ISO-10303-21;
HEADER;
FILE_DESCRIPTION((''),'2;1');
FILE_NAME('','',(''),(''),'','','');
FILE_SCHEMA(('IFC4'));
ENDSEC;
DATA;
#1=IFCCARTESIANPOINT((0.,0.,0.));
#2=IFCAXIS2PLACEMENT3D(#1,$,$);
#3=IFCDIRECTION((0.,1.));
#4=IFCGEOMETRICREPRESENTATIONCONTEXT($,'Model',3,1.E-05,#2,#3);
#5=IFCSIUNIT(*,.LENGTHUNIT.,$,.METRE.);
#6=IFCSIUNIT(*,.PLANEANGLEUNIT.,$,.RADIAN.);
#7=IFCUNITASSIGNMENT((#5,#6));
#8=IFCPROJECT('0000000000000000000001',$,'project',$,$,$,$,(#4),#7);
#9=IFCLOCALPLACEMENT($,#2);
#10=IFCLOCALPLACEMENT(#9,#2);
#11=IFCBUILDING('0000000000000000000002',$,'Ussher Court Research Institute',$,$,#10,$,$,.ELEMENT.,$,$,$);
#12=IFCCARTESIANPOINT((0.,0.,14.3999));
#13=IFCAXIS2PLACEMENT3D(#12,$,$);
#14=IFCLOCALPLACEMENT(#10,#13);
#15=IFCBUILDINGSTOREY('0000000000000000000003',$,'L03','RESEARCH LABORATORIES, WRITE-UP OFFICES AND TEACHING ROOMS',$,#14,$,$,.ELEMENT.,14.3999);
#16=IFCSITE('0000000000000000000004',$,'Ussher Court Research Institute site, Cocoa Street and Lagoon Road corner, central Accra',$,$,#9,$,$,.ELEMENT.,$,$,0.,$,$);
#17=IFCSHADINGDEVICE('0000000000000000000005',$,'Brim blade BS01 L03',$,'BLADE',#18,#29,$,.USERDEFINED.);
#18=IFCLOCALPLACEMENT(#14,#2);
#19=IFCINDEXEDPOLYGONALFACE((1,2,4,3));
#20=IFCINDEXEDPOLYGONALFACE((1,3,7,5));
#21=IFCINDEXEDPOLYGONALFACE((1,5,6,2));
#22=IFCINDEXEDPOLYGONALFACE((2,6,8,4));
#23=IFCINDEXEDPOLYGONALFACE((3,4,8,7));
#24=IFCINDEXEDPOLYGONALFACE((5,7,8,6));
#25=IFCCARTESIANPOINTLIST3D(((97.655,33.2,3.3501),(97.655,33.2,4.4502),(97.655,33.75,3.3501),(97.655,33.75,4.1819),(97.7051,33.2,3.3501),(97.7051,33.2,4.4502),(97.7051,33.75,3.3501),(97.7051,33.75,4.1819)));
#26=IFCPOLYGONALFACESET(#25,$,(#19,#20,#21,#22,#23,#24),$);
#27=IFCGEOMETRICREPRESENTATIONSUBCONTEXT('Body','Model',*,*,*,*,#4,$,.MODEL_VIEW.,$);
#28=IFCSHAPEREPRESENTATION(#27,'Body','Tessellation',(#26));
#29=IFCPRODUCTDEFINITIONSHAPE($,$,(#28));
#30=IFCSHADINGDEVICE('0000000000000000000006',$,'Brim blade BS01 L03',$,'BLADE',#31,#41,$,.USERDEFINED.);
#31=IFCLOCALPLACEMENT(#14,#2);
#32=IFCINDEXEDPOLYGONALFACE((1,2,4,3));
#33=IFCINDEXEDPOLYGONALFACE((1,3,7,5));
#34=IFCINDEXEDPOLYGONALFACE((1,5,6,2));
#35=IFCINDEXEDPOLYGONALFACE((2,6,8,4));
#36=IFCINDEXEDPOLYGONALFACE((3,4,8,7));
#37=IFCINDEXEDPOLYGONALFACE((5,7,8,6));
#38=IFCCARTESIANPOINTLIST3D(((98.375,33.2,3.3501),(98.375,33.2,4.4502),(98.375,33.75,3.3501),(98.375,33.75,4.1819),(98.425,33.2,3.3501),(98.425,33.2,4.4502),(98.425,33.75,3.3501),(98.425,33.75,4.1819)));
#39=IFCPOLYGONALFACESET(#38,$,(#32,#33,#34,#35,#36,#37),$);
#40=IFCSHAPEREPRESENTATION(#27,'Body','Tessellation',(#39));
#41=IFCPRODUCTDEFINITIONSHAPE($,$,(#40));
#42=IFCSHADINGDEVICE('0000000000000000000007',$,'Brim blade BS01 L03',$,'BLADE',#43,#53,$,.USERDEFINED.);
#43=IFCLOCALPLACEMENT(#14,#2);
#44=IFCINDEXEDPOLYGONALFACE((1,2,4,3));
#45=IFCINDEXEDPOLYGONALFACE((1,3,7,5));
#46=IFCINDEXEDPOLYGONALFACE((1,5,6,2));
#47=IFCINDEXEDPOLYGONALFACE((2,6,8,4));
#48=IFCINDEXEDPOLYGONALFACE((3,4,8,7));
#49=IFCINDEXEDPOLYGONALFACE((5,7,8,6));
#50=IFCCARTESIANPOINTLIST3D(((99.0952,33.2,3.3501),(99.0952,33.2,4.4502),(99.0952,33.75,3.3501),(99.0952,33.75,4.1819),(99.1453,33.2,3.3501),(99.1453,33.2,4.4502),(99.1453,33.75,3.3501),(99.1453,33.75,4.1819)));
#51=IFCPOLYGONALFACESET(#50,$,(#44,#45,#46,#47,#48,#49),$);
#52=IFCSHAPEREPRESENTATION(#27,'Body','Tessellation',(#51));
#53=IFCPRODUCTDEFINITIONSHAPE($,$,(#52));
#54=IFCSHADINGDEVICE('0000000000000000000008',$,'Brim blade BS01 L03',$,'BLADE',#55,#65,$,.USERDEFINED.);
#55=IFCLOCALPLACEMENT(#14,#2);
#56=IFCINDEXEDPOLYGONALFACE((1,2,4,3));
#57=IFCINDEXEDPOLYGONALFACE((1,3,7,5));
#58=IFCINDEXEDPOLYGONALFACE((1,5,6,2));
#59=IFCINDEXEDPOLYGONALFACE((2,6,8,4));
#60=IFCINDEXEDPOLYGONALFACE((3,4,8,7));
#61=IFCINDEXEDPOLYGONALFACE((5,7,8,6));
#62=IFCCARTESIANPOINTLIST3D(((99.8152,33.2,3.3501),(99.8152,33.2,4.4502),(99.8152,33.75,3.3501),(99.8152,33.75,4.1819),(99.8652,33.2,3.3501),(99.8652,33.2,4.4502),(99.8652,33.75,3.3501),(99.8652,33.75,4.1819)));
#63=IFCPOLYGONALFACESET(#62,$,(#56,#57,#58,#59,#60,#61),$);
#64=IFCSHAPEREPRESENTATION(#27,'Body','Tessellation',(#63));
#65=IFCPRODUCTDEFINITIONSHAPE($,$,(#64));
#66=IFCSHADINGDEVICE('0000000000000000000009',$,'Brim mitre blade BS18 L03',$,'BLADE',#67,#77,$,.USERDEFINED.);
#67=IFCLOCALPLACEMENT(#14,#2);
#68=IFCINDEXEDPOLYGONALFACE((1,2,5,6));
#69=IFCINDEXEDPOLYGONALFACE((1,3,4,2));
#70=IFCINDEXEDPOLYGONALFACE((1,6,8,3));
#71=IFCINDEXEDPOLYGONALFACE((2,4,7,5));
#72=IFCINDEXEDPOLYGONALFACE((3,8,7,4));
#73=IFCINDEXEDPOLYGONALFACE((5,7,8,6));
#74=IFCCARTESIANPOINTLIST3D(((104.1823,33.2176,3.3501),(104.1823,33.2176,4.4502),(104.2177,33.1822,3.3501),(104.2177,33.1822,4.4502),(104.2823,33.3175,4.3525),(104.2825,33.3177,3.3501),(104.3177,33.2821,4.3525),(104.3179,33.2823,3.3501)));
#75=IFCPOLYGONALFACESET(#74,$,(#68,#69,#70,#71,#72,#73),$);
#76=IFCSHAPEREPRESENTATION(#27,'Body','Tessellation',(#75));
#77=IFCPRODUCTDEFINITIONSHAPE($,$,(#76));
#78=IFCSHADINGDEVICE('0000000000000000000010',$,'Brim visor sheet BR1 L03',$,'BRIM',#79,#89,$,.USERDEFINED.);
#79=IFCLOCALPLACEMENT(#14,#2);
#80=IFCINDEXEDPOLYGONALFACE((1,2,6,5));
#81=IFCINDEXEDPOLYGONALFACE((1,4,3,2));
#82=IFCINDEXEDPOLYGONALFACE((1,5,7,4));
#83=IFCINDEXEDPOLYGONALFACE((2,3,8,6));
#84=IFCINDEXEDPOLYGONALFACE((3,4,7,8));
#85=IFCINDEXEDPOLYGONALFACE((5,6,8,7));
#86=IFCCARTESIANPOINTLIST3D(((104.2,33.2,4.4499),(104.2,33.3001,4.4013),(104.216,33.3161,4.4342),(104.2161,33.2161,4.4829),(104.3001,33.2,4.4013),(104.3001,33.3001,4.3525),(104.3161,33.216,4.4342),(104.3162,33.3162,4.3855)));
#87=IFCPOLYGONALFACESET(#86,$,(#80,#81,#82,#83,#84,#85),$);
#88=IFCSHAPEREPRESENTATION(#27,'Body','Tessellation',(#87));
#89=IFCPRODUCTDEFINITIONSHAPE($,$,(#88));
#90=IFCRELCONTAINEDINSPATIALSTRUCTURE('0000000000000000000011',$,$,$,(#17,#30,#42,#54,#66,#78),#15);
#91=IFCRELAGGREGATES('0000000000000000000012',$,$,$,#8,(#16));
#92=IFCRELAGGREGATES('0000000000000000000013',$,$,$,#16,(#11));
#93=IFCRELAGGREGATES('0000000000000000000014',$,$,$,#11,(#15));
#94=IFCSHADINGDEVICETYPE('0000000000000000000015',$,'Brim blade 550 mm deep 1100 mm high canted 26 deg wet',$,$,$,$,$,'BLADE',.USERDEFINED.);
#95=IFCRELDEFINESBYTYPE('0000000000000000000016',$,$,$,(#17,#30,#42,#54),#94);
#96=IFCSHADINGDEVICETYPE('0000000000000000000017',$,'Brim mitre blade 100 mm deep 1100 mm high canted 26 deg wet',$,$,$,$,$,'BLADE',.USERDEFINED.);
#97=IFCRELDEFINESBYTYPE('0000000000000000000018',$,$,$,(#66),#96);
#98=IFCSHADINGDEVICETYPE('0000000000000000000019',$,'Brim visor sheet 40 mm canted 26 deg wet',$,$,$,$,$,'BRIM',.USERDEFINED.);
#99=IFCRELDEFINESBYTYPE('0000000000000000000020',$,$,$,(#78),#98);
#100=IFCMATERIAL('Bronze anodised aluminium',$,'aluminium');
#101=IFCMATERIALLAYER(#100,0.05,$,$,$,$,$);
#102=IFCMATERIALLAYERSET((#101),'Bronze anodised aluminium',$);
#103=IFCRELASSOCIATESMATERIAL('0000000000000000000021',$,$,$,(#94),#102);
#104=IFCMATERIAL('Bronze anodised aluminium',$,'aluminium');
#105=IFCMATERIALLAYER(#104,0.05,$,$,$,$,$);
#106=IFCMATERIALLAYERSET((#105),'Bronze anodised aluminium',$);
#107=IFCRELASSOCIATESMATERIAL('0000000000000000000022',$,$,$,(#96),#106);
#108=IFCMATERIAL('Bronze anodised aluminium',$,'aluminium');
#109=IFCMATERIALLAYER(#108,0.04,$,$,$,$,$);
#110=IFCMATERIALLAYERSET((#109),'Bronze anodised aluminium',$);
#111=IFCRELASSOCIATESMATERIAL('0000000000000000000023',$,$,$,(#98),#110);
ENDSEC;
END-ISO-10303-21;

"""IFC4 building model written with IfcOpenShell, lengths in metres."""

from ifc_helpers import new_model, si_unit, direction, frame, origin, place, context, subcontext, project, spatial, polyline, outline, extrude, material, layer, layer_set, type_object, element, save


model = new_model("IFC4")

# Units and contexts
model_context = context("Model", 3, precision=1e-05, world=origin(), true_north=direction((0.0, 1.0)))
body_context = subcontext(model_context, "Body", "Model", "MODEL_VIEW")
ifc_project = project(units=[si_unit("LENGTHUNIT", "METRE"), si_unit("PLANEANGLEUNIT", "RADIAN")], contexts=[model_context])

# Site, building, storey
site_placement = place(None, origin())
site = spatial("IfcSite", under=ifc_project, at=site_placement, Name="Ussher Court Research Institute site, Cocoa Street and Lagoon Road corner, central Accra", CompositionType="ELEMENT", RefElevation=0.0)
building_placement = place(site_placement, origin())
building = spatial("IfcBuilding", under=site, at=building_placement, Name="Ussher Court Research Institute", CompositionType="ELEMENT")
storey_placement = place(building_placement, frame((0.0, 0.0, 14.3999)))
storey = spatial("IfcBuildingStorey", under=building, at=storey_placement, Name="L03", Description="RESEARCH LABORATORIES, WRITE-UP OFFICES AND TEACHING ROOMS", CompositionType="ELEMENT", Elevation=14.3999)

# Shading devices
ifc_material_1 = material(Name="Bronze anodised aluminium", Category="aluminium")
ifc_layer_1 = layer(ifc_material_1, 0.05)
ifc_layer_set_1 = layer_set([ifc_layer_1], Name="Bronze anodised aluminium")
shading_device_type_1 = type_object("IfcShadingDeviceType", Name="Brim blade 550 mm deep 1100 mm high canted 26 deg wet", ElementType="BLADE", PredefinedType="USERDEFINED", material=ifc_layer_set_1)
for number, where, z_axis, x_axis, name in (
    (1, (97.6799, 33.2, 3.3501), (0.0, 0.0, 1.0), (0.0, 1.0, 0.0), "Brim blade BS01 L03"),
    (2, (98.3999, 33.2, 3.3501), (0.0, 0.0, 1.0), (0.0, 1.0, 0.0), "Brim blade BS01 L03"),
    (3, (99.1201, 33.2, 3.3501), (0.0, 0.0, 1.0), (0.0, 1.0, 0.0), "Brim blade BS01 L03"),
    (4, (99.8401, 33.2, 3.3501), (0.0, 0.0, 1.0), (0.0, 1.0, 0.0), "Brim blade BS01 L03"),
):
    element("IfcShadingDevice", number, at=place(storey_placement, frame(where, z_axis=z_axis, x_axis=x_axis)), inside=storey, type_object=shading_device_type_1, Name=name, ObjectType="BLADE", PredefinedType="USERDEFINED", context=body_context, shape_type="SweptSolid", body=[
        extrude(outline(polyline([(0.0, 0.0), (0.55, 0.0), (0.55, 0.8318), (0.0, 1.1001), (0.0, 0.0)])), frame((0.0, 0.0249, 0.0), z_axis=(0.0, -1.0, 0.0), x_axis=(1.0, 0.0, 0.0)), (0.0, 0.0, 1.0), 0.05),
    ])
ifc_material_2 = material(Name="Bronze anodised aluminium", Category="aluminium")
ifc_layer_2 = layer(ifc_material_2, 0.05)
ifc_layer_set_2 = layer_set([ifc_layer_2], Name="Bronze anodised aluminium")
shading_device_type_2 = type_object("IfcShadingDeviceType", Name="Brim mitre blade 100 mm deep 1100 mm high canted 26 deg wet", ElementType="BLADE", PredefinedType="USERDEFINED", material=ifc_layer_set_2)
shading_device_1_placement = place(storey_placement, frame((104.2, 33.2, 3.3501), z_axis=(0.0, 0.0, 1.0), x_axis=(0.707107, 0.707107, 0.0)))
element("IfcShadingDevice", 5, at=shading_device_1_placement, inside=storey, type_object=shading_device_type_2, Name="Brim mitre blade BS18 L03", ObjectType="BLADE", PredefinedType="USERDEFINED", context=body_context, shape_type="SweptSolid", body=[
    extrude(outline(polyline([(0.0, 0.0), (0.1416, 0.0), (0.1414, 1.0024), (0.0, 1.1001), (0.0, 0.0)])), frame((0.0, 0.0249, 0.0), z_axis=(0.0, -1.0, 0.0), x_axis=(1.0, 0.0, 0.0)), (0.0, 0.0, 1.0), 0.05),
])
ifc_material_3 = material(Name="Bronze anodised aluminium", Category="aluminium")
ifc_layer_3 = layer(ifc_material_3, 0.04)
ifc_layer_set_3 = layer_set([ifc_layer_3], Name="Bronze anodised aluminium")
shading_device_type_3 = type_object("IfcShadingDeviceType", Name="Brim visor sheet 40 mm canted 26 deg wet", ElementType="BRIM", PredefinedType="USERDEFINED", material=ifc_layer_set_3)
shading_device_2_placement = place(storey_placement, frame((104.2161, 33.2161, 4.4829), z_axis=(0.400848, 0.400848, 0.823797), x_axis=(0.899269, -0.000362, -0.437395)))
element("IfcShadingDevice", 6, at=shading_device_2_placement, inside=storey, type_object=shading_device_type_3, Name="Brim visor sheet BR1 L03", ObjectType="BRIM", PredefinedType="USERDEFINED", context=body_context, shape_type="SweptSolid", body=[
    extrude(outline(polyline([(0.0, 0.0), (0.1113, 0.0), (0.1326, 0.1093), (0.0212, 0.1092), (0.0, 0.0)])), origin(), (0.0, 0.0, -1.0), 0.04),
])

save(model, "model.ifc")
